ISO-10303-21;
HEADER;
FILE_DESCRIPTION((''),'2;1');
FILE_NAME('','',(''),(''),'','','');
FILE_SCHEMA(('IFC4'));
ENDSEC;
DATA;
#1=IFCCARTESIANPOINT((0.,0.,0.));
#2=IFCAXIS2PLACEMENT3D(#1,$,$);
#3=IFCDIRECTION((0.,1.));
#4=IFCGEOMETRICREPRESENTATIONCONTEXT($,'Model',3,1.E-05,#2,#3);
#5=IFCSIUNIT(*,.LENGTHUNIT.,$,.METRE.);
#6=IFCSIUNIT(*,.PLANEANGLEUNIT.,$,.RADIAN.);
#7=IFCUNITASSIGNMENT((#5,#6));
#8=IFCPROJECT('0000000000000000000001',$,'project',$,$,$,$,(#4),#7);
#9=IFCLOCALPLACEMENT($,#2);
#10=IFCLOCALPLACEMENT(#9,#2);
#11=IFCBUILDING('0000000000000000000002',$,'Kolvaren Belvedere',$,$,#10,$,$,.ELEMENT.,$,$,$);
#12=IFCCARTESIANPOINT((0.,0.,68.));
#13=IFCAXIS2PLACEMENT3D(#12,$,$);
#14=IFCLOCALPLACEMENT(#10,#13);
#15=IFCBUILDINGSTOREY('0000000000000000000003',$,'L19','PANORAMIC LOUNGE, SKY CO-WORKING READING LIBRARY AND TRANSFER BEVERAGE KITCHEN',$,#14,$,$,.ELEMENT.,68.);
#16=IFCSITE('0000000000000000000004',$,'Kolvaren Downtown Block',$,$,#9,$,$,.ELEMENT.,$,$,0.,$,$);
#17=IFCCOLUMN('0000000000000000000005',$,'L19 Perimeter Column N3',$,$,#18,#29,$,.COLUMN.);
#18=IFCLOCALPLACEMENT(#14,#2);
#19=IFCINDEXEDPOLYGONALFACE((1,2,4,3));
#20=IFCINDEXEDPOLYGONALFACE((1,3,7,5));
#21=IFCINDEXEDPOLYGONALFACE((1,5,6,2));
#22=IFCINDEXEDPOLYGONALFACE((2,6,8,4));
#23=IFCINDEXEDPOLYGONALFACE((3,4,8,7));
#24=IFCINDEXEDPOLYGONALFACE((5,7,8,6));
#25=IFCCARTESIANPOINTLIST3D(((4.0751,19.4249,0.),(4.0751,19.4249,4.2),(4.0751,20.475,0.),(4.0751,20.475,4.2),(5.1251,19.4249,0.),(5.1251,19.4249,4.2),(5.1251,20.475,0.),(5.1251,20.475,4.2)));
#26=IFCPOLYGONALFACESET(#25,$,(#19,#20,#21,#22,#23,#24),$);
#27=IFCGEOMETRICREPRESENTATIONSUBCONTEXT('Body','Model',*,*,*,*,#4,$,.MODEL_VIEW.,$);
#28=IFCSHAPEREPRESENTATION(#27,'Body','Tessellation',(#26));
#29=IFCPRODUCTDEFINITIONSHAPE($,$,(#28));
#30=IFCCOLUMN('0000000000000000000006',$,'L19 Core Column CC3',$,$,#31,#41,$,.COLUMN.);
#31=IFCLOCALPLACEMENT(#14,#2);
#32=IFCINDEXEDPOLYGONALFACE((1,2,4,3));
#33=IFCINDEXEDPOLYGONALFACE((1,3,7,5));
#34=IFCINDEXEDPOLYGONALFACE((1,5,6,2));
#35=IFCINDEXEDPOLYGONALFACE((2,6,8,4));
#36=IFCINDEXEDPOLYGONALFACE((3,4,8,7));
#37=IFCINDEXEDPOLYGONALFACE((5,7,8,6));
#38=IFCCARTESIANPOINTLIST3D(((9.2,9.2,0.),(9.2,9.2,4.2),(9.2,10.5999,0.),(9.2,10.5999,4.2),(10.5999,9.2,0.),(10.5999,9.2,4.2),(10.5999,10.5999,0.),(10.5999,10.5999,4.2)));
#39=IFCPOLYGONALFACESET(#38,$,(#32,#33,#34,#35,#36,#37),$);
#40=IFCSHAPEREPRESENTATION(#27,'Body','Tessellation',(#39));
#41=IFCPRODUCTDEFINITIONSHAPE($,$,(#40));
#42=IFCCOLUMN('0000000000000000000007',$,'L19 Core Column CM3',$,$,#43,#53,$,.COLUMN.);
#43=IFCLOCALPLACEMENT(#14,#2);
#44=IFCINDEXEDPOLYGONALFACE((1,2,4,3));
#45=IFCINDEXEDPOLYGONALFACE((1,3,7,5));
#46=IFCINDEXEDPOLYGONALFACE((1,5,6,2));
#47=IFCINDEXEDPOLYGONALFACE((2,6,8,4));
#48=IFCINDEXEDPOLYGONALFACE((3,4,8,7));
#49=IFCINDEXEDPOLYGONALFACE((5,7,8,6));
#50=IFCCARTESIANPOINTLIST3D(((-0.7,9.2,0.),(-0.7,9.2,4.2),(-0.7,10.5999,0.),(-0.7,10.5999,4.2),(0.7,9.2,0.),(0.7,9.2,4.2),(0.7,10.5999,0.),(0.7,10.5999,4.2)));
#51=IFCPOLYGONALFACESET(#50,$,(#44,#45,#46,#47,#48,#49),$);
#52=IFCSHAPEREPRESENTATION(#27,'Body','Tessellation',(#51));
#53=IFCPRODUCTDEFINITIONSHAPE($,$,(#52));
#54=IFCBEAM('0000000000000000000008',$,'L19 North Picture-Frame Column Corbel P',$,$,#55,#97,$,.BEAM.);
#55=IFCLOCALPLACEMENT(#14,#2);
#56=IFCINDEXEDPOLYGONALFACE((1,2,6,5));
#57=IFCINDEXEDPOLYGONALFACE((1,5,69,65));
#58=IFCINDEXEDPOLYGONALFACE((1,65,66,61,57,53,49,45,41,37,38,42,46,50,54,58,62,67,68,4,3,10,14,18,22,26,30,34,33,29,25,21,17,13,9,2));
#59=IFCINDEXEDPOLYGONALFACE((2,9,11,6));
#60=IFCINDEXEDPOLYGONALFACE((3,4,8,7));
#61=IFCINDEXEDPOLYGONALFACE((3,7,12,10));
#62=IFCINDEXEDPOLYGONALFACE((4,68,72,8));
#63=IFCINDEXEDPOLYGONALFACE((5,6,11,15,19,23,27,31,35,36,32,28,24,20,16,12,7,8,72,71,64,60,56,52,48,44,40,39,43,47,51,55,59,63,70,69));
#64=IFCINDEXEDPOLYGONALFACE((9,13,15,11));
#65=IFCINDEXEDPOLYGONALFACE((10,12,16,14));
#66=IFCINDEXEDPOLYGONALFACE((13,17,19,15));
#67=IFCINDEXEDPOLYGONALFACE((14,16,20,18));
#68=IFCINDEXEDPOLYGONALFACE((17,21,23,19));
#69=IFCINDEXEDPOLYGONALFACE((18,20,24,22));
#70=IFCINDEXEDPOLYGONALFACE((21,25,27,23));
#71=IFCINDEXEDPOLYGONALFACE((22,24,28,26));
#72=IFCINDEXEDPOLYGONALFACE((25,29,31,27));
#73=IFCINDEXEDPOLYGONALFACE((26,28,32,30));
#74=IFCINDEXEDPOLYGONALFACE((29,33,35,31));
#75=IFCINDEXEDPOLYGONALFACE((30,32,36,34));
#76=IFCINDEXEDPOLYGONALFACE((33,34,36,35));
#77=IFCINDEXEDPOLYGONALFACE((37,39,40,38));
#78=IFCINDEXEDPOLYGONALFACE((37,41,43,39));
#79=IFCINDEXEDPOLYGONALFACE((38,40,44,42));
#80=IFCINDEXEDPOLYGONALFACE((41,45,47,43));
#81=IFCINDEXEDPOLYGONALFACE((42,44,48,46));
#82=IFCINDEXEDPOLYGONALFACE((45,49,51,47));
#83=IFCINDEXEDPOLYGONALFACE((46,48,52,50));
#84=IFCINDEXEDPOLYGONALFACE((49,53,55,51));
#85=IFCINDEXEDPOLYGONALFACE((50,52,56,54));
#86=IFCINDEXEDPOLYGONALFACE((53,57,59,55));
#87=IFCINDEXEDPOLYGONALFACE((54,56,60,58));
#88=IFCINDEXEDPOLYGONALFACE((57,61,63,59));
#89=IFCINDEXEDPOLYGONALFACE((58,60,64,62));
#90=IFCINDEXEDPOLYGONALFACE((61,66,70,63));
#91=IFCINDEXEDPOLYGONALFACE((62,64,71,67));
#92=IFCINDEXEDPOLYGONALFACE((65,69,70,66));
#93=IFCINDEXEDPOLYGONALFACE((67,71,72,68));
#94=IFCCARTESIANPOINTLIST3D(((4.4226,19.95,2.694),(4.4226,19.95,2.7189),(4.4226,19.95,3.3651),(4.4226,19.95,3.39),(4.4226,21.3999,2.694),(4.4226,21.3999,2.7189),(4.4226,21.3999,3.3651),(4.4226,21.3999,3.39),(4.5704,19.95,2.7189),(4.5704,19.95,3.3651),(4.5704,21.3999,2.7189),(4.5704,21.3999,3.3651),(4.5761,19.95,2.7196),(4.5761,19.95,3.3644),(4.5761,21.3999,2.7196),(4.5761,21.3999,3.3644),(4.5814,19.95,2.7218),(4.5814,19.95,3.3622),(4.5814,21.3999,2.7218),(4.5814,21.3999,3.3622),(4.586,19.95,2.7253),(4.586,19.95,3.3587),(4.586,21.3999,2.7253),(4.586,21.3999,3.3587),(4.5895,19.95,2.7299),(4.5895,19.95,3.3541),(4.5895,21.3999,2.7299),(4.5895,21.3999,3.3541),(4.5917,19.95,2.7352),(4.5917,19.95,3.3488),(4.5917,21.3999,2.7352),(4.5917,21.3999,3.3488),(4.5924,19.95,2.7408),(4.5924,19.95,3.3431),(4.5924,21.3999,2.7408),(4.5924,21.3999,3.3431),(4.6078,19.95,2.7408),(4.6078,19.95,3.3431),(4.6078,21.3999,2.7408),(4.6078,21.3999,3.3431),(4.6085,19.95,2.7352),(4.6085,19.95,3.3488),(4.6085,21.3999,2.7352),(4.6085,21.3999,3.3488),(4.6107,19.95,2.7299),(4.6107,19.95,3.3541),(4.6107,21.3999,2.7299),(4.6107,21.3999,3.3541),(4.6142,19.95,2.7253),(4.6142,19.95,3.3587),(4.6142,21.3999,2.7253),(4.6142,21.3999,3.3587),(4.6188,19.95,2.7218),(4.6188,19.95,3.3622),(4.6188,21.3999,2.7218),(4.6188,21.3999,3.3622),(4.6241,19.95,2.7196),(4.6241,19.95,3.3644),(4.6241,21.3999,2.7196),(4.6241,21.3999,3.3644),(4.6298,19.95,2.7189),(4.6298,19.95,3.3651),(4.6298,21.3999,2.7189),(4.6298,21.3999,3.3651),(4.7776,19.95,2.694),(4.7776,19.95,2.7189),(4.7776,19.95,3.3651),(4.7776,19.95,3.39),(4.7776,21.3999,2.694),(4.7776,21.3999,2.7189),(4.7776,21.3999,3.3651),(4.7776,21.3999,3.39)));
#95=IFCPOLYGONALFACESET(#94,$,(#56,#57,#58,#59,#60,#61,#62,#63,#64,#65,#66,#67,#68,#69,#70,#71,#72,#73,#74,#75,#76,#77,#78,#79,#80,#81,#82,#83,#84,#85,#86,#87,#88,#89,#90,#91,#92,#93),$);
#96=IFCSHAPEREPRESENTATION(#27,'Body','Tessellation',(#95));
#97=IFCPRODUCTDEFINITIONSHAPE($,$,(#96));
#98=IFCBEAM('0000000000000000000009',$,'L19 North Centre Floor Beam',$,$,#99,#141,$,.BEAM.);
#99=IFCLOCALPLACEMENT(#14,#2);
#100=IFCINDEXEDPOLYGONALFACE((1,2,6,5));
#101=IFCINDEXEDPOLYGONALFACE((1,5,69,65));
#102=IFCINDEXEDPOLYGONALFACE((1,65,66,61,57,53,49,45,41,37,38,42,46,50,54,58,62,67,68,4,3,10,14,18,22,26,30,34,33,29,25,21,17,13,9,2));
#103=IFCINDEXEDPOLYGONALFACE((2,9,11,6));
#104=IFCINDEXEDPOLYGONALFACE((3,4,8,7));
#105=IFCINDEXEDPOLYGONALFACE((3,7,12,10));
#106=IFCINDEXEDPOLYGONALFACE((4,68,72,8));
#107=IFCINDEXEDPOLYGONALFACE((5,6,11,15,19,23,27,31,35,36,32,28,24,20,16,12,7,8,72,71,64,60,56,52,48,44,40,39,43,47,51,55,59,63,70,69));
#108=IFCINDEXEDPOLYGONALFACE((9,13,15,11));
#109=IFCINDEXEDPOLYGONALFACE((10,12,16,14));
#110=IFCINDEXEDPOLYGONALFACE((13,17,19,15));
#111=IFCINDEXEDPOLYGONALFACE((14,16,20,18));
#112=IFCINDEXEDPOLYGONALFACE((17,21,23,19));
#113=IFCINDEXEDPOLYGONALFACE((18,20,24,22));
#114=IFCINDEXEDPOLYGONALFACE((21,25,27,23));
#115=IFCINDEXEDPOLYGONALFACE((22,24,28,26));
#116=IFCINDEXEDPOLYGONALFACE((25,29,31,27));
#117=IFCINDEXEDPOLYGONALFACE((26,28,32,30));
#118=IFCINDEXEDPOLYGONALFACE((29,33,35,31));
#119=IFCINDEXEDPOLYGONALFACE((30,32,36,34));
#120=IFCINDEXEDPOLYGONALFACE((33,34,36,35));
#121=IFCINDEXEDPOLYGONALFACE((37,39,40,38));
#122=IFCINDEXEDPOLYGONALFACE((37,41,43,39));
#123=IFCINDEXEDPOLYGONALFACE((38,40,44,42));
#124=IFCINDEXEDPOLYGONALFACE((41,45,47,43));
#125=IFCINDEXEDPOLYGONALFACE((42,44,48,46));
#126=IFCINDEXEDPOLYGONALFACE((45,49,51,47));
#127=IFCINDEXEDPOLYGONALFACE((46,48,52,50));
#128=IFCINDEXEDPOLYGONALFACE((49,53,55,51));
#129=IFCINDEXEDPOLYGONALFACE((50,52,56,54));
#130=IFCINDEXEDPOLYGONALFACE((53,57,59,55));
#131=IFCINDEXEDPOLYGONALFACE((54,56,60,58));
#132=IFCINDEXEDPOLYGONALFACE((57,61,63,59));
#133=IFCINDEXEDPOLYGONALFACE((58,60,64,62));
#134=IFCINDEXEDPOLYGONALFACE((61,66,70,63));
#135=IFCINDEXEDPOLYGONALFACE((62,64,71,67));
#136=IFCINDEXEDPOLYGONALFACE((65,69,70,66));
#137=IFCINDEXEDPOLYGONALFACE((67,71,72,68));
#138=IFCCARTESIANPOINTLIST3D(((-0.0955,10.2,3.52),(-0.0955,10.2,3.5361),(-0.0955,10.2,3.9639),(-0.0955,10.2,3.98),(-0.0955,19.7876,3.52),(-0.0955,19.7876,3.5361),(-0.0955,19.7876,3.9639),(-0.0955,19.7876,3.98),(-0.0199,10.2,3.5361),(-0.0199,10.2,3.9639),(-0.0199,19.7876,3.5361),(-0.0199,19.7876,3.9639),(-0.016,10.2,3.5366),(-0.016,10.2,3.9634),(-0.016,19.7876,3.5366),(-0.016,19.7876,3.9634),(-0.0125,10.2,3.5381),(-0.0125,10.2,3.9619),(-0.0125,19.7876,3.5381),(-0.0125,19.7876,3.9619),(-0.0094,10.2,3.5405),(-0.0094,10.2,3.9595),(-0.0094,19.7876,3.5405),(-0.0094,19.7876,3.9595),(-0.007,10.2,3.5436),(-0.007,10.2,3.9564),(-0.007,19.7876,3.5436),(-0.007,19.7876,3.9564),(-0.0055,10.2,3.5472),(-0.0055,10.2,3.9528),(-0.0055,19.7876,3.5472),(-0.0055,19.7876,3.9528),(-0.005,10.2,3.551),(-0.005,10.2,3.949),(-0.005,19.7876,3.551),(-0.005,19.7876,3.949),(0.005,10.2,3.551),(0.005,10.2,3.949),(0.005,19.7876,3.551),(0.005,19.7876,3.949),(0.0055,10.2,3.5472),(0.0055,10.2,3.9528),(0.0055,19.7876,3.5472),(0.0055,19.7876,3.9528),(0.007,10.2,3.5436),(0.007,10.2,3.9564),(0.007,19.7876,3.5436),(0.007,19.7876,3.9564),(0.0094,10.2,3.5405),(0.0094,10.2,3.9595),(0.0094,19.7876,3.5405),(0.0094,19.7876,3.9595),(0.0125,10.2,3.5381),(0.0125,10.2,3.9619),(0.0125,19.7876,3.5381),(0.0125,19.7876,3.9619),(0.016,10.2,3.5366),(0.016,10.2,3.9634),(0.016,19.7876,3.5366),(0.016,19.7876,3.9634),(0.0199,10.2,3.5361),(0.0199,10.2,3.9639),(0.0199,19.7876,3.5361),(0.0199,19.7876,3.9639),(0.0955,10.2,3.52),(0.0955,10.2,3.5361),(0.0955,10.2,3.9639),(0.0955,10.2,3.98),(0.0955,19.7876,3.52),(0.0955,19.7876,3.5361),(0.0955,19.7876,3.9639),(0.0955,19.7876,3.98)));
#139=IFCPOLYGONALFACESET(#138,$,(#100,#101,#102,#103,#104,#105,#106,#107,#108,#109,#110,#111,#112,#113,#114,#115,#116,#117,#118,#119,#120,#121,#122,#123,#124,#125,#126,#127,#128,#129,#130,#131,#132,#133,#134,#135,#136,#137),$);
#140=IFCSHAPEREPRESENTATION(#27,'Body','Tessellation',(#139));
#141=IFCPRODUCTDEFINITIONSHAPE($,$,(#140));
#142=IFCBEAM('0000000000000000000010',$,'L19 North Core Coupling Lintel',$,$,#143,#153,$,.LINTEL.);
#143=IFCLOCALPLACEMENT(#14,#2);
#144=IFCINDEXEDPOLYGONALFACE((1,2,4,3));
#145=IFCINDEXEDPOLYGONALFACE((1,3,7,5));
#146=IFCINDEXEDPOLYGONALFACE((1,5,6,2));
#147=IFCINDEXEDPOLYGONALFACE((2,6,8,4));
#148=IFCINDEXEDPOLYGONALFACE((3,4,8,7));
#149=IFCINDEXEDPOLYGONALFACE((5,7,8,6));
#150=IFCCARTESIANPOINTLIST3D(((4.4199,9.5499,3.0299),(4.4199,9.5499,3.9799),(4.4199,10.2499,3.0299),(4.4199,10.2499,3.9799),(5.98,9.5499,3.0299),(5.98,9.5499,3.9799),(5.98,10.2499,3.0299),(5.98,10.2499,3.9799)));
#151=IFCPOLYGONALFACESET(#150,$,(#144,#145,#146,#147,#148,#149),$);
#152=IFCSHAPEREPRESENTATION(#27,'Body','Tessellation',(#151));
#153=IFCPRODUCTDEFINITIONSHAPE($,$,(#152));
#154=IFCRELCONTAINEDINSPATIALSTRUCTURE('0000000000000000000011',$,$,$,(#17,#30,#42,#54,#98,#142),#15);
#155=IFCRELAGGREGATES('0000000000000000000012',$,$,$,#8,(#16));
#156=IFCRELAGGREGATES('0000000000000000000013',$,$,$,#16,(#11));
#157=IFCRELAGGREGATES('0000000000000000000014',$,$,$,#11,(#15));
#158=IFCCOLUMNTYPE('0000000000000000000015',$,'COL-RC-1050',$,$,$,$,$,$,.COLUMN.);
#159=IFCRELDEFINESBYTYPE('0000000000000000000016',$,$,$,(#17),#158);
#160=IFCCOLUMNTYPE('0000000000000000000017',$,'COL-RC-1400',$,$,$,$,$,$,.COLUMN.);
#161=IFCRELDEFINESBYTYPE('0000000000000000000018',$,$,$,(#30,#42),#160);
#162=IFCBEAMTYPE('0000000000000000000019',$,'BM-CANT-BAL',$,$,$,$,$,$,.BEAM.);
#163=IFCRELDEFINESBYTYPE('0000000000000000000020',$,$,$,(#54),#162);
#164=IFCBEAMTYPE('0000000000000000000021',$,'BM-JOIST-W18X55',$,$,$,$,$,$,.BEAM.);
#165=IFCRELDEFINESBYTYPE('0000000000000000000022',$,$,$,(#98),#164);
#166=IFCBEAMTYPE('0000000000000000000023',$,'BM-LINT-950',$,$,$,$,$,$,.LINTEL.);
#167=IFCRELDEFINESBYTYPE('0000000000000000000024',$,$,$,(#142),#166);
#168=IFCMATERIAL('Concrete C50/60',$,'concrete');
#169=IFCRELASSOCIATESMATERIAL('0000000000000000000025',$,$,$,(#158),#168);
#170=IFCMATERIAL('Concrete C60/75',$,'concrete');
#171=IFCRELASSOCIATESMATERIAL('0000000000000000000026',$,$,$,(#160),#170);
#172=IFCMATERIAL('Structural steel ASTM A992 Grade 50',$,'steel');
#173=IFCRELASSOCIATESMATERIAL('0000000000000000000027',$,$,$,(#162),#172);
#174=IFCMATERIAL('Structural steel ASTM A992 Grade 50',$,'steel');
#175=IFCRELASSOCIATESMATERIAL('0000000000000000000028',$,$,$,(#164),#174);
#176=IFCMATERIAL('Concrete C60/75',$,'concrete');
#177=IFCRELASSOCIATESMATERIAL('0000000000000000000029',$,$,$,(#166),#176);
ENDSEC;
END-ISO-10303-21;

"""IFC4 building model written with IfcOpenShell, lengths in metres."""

from ifc_helpers import new_model, si_unit, direction, frame, origin, origin_2d, place, context, subcontext, project, spatial, rectangle, i_section, extrude, material, material_profile, profile_set, type_object, element, save


model = new_model("IFC4")

# Units and contexts
model_context = context("Model", 3, precision=1e-05, world=origin(), true_north=direction((0.0, 1.0)))
body_context = subcontext(model_context, "Body", "Model", "MODEL_VIEW")
ifc_project = project(units=[si_unit("LENGTHUNIT", "METRE"), si_unit("PLANEANGLEUNIT", "RADIAN")], contexts=[model_context])

# Site, building, storey
site_placement = place(None, origin())
site = spatial("IfcSite", under=ifc_project, at=site_placement, Name="Kolvaren Downtown Block", CompositionType="ELEMENT", RefElevation=0.0)
building_placement = place(site_placement, origin())
building = spatial("IfcBuilding", under=site, at=building_placement, Name="Kolvaren Belvedere", CompositionType="ELEMENT")
storey_placement = place(building_placement, frame((0.0, 0.0, 68.0)))
storey = spatial("IfcBuildingStorey", under=building, at=storey_placement, Name="L19", Description="PANORAMIC LOUNGE, SKY CO-WORKING READING LIBRARY AND TRANSFER BEVERAGE KITCHEN", CompositionType="ELEMENT", Elevation=68.0)

# Columns
ifc_material_1 = material(Name="Concrete C50/60", Category="concrete")
ifc_material_profile_1 = material_profile(ifc_material_1, rectangle(XDim=1.05, YDim=1.05, at=origin_2d()), Name="RC 1050X1050")
ifc_profile_set_1 = profile_set([ifc_material_profile_1], Name="Concrete C50/60")
column_type_1 = type_object("IfcColumnType", Name="COL-RC-1050", PredefinedType="COLUMN", material=ifc_profile_set_1)
column_placement = place(storey_placement, frame((4.6001, 19.95, 0.0), z_axis=(0.0, 0.0, 1.0), x_axis=(1.0, 0.0, 0.0)))
element("IfcColumn", 1, at=column_placement, inside=storey, type_object=column_type_1, Name="L19 Perimeter Column N3", PredefinedType="COLUMN", context=body_context, shape_type="SweptSolid", body=[
    extrude(rectangle(XDim=1.05, YDim=1.05, at=origin_2d()), origin(), (0.0, 0.0, 1.0), 4.2),
])
ifc_material_2 = material(Name="Concrete C60/75", Category="concrete")
ifc_material_profile_2 = material_profile(ifc_material_2, rectangle(XDim=1.3999, YDim=1.3999, at=origin_2d()), Name="RC 1400X1400")
ifc_profile_set_2 = profile_set([ifc_material_profile_2], Name="Concrete C60/75")
column_type_2 = type_object("IfcColumnType", Name="COL-RC-1400", PredefinedType="COLUMN", material=ifc_profile_set_2)
for number, where, z_axis, x_axis, name in (
    (2, (9.8999, 9.8999, 0.0), (0.0, 0.0, 1.0), (1.0, 0.0, 0.0), "L19 Core Column CC3"),
    (3, (0.0, 9.8999, 0.0), (0.0, 0.0, 1.0), (1.0, 0.0, 0.0), "L19 Core Column CM3"),
):
    element("IfcColumn", number, at=place(storey_placement, frame(where, z_axis=z_axis, x_axis=x_axis)), inside=storey, type_object=column_type_2, Name=name, PredefinedType="COLUMN", context=body_context, shape_type="SweptSolid", body=[
        extrude(rectangle(XDim=1.3999, YDim=1.3999, at=origin_2d()), origin(), (0.0, 0.0, 1.0), 4.2),
    ])

# Beams
ifc_material_3 = material(Name="Structural steel ASTM A992 Grade 50", Category="steel")
ifc_material_profile_3 = material_profile(ifc_material_3, i_section(OverallWidth=0.355, OverallDepth=0.696, WebThickness=0.0154, FlangeThickness=0.0249, FilletRadius=0.022, at=origin_2d()), Name="W27X146")
ifc_profile_set_3 = profile_set([ifc_material_profile_3], Name="Structural steel ASTM A992 Grade 50")
beam_type_1 = type_object("IfcBeamType", Name="BM-CANT-BAL", PredefinedType="BEAM", material=ifc_profile_set_3)
beam_1_placement = place(storey_placement, frame((4.6001, 19.95, 3.042), z_axis=(0.0, 1.0, 0.0), x_axis=(-1.0, 0.0, 0.0)))
element("IfcBeam", 4, at=beam_1_placement, inside=storey, type_object=beam_type_1, Name="L19 North Picture-Frame Column Corbel P", PredefinedType="BEAM", context=body_context, shape_type="SweptSolid", body=[
    extrude(i_section(OverallWidth=0.355, OverallDepth=0.696, WebThickness=0.0154, FlangeThickness=0.0249, FilletRadius=0.022, at=origin_2d()), origin(), (0.0, 0.0, 1.0), 1.45),
])
ifc_material_4 = material(Name="Structural steel ASTM A992 Grade 50", Category="steel")
ifc_material_profile_4 = material_profile(ifc_material_4, i_section(OverallWidth=0.1909, OverallDepth=0.46, WebThickness=0.01, FlangeThickness=0.0161, FilletRadius=0.0149, at=origin_2d()), Name="W18X55")
ifc_profile_set_4 = profile_set([ifc_material_profile_4], Name="Structural steel ASTM A992 Grade 50")
beam_type_2 = type_object("IfcBeamType", Name="BM-JOIST-W18X55", PredefinedType="BEAM", material=ifc_profile_set_4)
beam_2_placement = place(storey_placement, frame((0.0, 10.2, 3.75), z_axis=(0.0, 1.0, 0.0), x_axis=(-1.0, 0.0, 0.0)))
element("IfcBeam", 5, at=beam_2_placement, inside=storey, type_object=beam_type_2, Name="L19 North Centre Floor Beam", PredefinedType="BEAM", context=body_context, shape_type="SweptSolid", body=[
    extrude(i_section(OverallWidth=0.1909, OverallDepth=0.46, WebThickness=0.01, FlangeThickness=0.0161, FilletRadius=0.0149, at=origin_2d()), origin(), (0.0, 0.0, 1.0), 9.5876),
])
ifc_material_5 = material(Name="Concrete C60/75", Category="concrete")
ifc_material_profile_5 = material_profile(ifc_material_5, rectangle(XDim=0.7, YDim=0.95, at=origin_2d()), Name="RC 700X950")
ifc_profile_set_5 = profile_set([ifc_material_profile_5], Name="Concrete C60/75")
beam_type_3 = type_object("IfcBeamType", Name="BM-LINT-950", PredefinedType="LINTEL", material=ifc_profile_set_5)
beam_3_placement = place(storey_placement, frame((4.4199, 9.8999, 3.5049), z_axis=(1.0, 0.0, 0.0), x_axis=(0.0, 1.0, 0.0)))
element("IfcBeam", 6, at=beam_3_placement, inside=storey, type_object=beam_type_3, Name="L19 North Core Coupling Lintel", PredefinedType="LINTEL", context=body_context, shape_type="SweptSolid", body=[
    extrude(rectangle(XDim=0.7, YDim=0.95, at=origin_2d()), origin(), (0.0, 0.0, 1.0), 1.5601),
])

save(model, "model.ifc")
